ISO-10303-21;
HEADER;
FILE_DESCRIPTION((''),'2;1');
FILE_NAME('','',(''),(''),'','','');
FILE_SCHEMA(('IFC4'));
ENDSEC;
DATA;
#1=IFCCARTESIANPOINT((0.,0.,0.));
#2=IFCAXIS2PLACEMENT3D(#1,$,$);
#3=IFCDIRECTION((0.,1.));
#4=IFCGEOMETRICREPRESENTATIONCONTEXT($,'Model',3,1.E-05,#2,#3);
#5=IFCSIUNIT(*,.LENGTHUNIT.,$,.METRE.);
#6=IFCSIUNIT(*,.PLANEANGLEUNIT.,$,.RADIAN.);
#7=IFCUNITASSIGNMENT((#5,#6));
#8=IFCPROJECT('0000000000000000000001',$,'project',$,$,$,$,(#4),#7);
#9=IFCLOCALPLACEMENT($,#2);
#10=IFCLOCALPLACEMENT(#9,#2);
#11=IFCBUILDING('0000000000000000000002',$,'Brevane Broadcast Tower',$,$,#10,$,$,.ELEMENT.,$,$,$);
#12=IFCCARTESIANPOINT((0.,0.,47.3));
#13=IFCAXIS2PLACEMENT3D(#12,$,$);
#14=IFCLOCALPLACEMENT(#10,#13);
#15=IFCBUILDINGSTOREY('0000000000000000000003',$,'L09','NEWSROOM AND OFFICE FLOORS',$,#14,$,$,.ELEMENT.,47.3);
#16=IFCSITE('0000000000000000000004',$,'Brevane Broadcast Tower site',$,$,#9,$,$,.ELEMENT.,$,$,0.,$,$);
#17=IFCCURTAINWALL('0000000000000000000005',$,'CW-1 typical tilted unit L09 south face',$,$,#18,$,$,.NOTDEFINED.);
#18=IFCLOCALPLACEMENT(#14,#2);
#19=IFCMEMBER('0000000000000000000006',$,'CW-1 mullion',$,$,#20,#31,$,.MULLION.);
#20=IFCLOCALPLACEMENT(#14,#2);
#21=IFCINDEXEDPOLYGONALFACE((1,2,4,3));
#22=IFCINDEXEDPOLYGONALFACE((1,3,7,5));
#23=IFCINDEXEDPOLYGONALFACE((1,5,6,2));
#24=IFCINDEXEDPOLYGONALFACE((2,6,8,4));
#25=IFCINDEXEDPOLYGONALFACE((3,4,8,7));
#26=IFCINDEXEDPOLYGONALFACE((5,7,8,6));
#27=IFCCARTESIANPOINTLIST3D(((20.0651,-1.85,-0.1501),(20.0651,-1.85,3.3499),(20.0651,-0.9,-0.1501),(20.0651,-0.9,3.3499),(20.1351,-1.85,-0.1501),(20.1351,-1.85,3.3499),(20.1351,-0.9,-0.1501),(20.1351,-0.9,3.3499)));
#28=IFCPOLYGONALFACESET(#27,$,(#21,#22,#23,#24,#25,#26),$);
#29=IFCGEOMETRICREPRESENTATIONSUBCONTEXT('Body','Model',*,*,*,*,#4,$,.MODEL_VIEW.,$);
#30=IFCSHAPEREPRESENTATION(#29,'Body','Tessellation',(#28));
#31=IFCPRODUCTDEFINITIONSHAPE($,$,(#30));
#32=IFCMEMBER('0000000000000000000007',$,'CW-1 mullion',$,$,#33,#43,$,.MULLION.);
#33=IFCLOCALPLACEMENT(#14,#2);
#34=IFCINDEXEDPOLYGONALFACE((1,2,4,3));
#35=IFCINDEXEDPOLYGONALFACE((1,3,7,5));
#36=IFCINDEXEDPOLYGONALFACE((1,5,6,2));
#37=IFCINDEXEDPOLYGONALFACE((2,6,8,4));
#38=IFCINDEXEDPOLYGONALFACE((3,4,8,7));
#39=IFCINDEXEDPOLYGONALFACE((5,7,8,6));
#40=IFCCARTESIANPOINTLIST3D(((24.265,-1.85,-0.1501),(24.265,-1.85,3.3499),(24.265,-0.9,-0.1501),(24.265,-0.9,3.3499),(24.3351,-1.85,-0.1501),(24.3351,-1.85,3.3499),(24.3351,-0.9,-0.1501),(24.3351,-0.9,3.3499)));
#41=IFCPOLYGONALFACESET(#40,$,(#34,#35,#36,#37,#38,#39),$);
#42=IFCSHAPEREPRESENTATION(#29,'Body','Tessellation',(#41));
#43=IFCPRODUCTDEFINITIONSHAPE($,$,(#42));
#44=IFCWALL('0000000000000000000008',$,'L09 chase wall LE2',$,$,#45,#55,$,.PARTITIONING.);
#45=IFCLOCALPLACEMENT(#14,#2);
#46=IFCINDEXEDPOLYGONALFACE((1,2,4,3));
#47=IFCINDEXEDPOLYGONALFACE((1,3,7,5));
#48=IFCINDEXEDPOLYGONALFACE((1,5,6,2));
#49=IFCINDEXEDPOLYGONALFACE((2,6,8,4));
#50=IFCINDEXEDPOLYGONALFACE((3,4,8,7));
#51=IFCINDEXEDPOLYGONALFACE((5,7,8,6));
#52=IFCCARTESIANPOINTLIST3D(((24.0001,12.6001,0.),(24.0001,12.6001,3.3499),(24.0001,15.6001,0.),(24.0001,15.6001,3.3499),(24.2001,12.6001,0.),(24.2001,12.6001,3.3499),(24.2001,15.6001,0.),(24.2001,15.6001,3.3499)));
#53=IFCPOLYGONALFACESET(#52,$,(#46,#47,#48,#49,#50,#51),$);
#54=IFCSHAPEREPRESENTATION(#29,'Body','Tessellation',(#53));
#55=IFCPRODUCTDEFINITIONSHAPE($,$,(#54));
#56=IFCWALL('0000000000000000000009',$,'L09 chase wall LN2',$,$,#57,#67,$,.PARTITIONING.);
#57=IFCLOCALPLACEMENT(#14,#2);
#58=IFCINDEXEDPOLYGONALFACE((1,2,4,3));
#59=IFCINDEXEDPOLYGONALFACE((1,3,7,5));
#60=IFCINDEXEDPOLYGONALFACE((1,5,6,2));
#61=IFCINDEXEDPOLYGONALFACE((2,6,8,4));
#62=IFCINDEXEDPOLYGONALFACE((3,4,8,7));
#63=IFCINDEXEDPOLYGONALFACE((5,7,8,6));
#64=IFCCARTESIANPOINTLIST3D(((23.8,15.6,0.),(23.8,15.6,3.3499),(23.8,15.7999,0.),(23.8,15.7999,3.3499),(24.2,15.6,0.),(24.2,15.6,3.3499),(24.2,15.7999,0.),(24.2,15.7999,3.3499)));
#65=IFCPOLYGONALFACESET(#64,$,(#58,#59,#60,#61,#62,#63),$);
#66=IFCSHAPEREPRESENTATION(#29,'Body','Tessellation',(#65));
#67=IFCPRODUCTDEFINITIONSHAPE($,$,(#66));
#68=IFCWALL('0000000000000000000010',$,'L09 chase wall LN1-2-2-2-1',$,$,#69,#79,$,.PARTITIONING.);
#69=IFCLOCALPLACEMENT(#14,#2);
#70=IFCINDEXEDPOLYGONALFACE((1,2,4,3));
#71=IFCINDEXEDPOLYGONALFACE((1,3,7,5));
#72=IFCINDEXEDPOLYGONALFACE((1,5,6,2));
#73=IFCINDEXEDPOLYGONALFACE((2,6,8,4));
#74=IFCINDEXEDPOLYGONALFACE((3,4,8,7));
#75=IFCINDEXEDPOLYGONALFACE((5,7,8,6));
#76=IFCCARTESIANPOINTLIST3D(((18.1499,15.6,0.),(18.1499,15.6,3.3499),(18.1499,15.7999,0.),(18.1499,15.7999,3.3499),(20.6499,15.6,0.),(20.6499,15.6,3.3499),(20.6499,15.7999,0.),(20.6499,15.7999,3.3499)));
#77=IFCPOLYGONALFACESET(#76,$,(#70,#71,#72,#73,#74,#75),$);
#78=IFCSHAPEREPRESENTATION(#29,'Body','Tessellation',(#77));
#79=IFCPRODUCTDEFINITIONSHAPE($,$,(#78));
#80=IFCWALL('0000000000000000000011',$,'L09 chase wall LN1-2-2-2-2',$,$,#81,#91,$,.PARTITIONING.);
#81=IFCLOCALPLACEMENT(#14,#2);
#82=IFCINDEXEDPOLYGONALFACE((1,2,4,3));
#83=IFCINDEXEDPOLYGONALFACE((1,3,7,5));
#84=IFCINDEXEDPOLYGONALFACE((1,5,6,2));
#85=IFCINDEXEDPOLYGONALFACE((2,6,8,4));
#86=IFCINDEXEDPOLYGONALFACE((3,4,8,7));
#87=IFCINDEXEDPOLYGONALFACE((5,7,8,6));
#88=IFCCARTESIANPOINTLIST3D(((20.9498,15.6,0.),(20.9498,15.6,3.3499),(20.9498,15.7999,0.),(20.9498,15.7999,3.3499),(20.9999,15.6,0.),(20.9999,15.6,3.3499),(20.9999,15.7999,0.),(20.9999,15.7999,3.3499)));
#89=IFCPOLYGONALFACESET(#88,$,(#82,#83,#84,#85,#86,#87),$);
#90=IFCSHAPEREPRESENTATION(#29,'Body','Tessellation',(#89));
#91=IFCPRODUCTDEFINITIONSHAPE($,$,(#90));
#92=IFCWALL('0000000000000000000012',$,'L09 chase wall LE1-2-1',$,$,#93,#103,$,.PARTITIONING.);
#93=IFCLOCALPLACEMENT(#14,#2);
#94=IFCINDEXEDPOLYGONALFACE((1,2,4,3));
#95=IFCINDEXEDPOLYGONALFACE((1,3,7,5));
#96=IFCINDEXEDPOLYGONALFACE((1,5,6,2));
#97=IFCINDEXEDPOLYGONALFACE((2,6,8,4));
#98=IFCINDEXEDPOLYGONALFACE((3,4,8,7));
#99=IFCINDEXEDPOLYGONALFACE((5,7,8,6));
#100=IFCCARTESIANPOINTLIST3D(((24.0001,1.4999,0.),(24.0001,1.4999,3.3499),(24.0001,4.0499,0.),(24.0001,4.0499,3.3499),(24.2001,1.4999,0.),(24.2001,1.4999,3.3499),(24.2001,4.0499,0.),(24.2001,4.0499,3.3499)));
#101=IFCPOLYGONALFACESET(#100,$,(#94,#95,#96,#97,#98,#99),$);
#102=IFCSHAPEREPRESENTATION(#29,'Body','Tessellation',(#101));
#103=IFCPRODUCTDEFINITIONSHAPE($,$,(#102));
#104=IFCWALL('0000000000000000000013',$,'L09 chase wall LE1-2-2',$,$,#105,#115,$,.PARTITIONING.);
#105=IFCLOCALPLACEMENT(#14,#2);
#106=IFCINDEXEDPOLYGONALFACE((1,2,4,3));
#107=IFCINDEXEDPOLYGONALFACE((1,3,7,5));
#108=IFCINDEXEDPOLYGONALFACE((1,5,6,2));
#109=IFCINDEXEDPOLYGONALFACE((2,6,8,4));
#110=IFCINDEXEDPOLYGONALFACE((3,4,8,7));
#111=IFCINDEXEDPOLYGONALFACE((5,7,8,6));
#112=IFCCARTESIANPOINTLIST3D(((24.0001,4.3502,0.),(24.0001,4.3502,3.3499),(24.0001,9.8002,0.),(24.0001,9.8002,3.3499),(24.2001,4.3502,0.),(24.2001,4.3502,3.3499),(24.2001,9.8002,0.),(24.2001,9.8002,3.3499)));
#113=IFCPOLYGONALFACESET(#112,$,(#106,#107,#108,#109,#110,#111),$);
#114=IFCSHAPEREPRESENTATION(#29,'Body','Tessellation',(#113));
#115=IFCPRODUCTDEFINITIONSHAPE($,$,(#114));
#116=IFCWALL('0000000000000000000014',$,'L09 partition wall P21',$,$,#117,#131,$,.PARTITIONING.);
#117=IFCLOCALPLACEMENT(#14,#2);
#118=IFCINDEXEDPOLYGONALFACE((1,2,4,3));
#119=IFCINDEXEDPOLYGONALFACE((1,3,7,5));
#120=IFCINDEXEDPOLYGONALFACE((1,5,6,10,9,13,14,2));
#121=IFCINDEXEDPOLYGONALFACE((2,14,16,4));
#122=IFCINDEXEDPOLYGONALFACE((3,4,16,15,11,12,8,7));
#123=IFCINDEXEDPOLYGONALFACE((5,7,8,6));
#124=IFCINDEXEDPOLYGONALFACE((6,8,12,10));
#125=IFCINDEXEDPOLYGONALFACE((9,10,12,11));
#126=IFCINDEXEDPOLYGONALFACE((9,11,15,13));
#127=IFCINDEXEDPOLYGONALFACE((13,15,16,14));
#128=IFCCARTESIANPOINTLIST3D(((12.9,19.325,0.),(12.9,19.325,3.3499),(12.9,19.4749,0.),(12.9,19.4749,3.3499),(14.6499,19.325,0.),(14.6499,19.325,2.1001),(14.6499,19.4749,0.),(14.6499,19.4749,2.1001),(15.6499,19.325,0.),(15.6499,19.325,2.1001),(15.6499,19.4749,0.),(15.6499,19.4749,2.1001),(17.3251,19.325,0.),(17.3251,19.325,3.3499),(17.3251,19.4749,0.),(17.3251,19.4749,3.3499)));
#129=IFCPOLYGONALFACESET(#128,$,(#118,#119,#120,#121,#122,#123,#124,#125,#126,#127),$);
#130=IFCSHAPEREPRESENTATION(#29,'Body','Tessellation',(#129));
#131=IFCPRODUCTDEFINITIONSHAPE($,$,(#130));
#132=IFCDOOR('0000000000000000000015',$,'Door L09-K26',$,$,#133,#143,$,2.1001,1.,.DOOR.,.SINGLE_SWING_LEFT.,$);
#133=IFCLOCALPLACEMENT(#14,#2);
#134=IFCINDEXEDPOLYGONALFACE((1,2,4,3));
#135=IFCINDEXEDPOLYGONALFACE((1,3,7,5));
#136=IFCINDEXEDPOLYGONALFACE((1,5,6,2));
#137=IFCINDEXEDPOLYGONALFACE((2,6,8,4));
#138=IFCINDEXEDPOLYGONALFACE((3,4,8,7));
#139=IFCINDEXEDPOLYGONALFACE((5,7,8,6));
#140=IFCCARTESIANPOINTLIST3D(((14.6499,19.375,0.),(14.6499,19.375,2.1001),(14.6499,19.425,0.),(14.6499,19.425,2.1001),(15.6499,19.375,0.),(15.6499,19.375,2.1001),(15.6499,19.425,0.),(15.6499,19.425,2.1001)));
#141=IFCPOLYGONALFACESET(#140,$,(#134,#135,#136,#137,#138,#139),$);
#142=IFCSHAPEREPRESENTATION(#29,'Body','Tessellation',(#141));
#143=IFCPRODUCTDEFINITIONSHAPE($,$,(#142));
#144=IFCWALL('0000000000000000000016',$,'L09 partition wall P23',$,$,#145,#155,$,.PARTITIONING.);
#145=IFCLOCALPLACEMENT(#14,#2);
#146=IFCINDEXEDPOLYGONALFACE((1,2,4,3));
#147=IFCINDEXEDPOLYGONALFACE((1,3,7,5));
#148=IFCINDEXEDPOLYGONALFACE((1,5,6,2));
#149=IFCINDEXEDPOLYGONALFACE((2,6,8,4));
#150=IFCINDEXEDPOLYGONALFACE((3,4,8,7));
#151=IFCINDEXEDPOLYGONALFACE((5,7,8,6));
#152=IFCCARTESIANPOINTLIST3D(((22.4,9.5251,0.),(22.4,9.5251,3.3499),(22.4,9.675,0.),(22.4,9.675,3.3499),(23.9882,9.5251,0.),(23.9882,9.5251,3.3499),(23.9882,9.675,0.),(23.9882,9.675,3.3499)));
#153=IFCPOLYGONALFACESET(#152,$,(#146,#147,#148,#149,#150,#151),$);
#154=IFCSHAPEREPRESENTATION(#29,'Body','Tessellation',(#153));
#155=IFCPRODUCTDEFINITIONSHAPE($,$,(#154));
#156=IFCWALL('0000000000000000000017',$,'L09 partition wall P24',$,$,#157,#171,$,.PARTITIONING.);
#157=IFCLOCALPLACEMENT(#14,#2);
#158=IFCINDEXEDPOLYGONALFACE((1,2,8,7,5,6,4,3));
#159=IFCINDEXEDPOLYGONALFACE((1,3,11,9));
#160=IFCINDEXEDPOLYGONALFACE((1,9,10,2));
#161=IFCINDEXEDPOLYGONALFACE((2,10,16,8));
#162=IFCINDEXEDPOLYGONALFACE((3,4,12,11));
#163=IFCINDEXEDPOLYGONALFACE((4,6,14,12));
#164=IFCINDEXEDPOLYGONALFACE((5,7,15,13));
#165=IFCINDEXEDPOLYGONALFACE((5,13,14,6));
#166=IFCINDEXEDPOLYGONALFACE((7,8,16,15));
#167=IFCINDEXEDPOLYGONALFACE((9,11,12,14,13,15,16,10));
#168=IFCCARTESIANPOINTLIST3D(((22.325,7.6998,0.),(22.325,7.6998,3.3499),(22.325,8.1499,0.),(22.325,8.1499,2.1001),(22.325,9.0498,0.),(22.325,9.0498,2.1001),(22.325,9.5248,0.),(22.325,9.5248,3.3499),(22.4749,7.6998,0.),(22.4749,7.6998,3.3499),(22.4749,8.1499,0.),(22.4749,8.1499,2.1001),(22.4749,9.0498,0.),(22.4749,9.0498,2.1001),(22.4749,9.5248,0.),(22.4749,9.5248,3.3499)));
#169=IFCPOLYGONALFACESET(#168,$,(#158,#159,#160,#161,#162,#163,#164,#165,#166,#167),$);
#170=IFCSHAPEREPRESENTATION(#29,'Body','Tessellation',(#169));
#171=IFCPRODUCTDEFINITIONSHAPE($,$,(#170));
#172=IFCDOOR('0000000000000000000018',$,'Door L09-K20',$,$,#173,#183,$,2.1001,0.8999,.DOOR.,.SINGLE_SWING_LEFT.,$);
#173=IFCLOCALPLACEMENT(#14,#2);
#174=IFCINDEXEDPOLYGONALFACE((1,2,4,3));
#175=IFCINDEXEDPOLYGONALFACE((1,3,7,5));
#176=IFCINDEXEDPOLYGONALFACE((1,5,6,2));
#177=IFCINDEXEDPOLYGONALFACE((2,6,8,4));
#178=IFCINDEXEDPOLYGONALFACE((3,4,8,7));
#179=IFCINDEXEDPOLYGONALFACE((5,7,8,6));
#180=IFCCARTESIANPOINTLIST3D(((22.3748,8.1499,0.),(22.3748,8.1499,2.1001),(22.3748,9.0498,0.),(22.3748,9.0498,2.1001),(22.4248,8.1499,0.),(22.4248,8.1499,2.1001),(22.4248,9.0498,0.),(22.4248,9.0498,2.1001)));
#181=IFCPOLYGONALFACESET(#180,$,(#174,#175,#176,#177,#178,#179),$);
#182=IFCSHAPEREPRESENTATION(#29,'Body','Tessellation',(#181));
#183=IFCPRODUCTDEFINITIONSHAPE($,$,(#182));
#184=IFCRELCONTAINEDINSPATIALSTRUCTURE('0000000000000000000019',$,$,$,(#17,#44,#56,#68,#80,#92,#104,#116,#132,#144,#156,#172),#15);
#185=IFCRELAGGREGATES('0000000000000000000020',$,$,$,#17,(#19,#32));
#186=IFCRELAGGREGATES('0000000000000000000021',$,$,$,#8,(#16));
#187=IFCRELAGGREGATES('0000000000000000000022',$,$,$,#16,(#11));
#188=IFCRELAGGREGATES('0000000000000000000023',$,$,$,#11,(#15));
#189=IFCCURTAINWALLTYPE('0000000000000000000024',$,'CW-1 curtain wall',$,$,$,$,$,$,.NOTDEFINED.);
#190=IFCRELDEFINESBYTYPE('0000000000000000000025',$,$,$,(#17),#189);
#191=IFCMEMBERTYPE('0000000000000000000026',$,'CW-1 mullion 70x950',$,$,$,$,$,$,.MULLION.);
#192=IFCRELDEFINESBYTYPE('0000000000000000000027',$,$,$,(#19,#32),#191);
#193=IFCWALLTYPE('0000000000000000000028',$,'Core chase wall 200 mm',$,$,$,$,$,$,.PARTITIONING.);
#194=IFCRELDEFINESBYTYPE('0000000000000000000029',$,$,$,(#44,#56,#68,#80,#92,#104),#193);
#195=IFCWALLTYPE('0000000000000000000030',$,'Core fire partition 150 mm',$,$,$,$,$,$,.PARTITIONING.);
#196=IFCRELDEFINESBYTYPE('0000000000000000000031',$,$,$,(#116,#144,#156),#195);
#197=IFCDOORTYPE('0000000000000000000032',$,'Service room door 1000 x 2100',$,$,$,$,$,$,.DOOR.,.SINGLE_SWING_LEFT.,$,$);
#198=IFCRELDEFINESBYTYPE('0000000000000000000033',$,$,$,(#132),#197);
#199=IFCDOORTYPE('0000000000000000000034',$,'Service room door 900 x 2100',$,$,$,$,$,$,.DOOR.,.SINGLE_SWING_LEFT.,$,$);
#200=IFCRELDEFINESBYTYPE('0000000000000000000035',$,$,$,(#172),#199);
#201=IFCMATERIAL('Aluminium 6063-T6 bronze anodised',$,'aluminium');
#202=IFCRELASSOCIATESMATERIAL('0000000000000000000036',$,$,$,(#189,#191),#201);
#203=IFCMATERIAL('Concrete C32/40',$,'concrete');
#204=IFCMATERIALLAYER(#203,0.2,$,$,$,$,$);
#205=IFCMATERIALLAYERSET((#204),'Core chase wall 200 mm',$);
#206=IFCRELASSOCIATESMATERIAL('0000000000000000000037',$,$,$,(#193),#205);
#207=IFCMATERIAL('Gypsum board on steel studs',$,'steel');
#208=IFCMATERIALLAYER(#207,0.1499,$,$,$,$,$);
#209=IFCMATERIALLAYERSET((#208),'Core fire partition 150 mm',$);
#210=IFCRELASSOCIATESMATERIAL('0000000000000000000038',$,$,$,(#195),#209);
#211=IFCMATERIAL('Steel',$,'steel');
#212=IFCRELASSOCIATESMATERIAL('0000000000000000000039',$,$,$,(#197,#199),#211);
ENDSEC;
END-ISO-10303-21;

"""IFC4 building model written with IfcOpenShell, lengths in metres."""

from ifc_helpers import new_model, si_unit, direction, frame, frame_2d, origin, origin_2d, place, context, subcontext, project, spatial, rectangle, extrude, material, layer, layer_set, material_profile, profile_set, type_object, element, fill, aggregate, save


model = new_model("IFC4")

# Units and contexts
model_context = context("Model", 3, precision=1e-05, world=origin(), true_north=direction((0.0, 1.0)))
body_context = subcontext(model_context, "Body", "Model", "MODEL_VIEW")
ifc_project = project(units=[si_unit("LENGTHUNIT", "METRE"), si_unit("PLANEANGLEUNIT", "RADIAN")], contexts=[model_context])

# Site, building, storey
site_placement = place(None, origin())
site = spatial("IfcSite", under=ifc_project, at=site_placement, Name="Brevane Broadcast Tower site", CompositionType="ELEMENT", RefElevation=0.0)
building_placement = place(site_placement, origin())
building = spatial("IfcBuilding", under=site, at=building_placement, Name="Brevane Broadcast Tower", CompositionType="ELEMENT")
storey_placement = place(building_placement, frame((0.0, 0.0, 47.3)))
storey = spatial("IfcBuildingStorey", under=building, at=storey_placement, Name="L09", Description="NEWSROOM AND OFFICE FLOORS", CompositionType="ELEMENT", Elevation=47.3)

# Curtain wall, members
ifc_material_1 = material(Name="Aluminium 6063-T6 bronze anodised", Category="aluminium")
curtain_wall_type = type_object("IfcCurtainWallType", Name="CW-1 curtain wall", PredefinedType="NOTDEFINED", material=ifc_material_1)
curtain_wall_placement = place(storey_placement, origin())
curtain_wall = element("IfcCurtainWall", 1, at=curtain_wall_placement, inside=storey, type_object=curtain_wall_type, Name="CW-1 typical tilted unit L09 south face", PredefinedType="NOTDEFINED")
ifc_material_profile = material_profile(ifc_material_1, rectangle(XDim=0.95, YDim=0.0701, at=origin_2d()), Name="RECT 70x950")
ifc_profile_set = profile_set([ifc_material_profile], Name="Aluminium 6063-T6 bronze anodised")
member_type = type_object("IfcMemberType", Name="CW-1 mullion 70x950", PredefinedType="MULLION", material=ifc_profile_set)
member_1_placement = place(storey_placement, frame((20.1001, -1.375, -0.1501), z_axis=(0.0, 0.0, 1.0), x_axis=(0.0, 1.0, 0.0)))
member_1 = element("IfcMember", 2, at=member_1_placement, type_object=member_type, Name="CW-1 mullion", PredefinedType="MULLION", context=body_context, shape_type="SweptSolid", body=[
    extrude(rectangle(XDim=0.95, YDim=0.0701, at=origin_2d()), origin(), (0.0, 0.0, 1.0), 3.5),
])
member_2_placement = place(storey_placement, frame((24.3, -1.375, -0.1501), z_axis=(0.0, 0.0, 1.0), x_axis=(0.0, 1.0, 0.0)))
member_2 = element("IfcMember", 3, at=member_2_placement, type_object=member_type, Name="CW-1 mullion", PredefinedType="MULLION", context=body_context, shape_type="SweptSolid", body=[
    extrude(rectangle(XDim=0.95, YDim=0.0701, at=origin_2d()), origin(), (0.0, 0.0, 1.0), 3.5),
])
aggregate(curtain_wall, [member_1, member_2])

# Walls
ifc_material_2 = material(Name="Concrete C32/40", Category="concrete")
ifc_layer_1 = layer(ifc_material_2, 0.2)
ifc_layer_set_1 = layer_set([ifc_layer_1], Name="Core chase wall 200 mm")
wall_type_1 = type_object("IfcWallType", Name="Core chase wall 200 mm", PredefinedType="PARTITIONING", material=ifc_layer_set_1)
wall_1_placement = place(storey_placement, frame((24.1001, 12.6001, 0.0), z_axis=(0.0, 0.0, 1.0), x_axis=(0.0, 1.0, 0.0)))
element("IfcWall", 4, at=wall_1_placement, inside=storey, type_object=wall_type_1, Name="L09 chase wall LE2", PredefinedType="PARTITIONING", context=body_context, shape_type="SweptSolid", body=[
    extrude(rectangle(XDim=3.0, YDim=0.2, at=frame_2d((1.5, 0.0))), origin(), (0.0, 0.0, 1.0), 3.3499),
])
wall_2_placement = place(storey_placement, frame((23.8, 15.7, 0.0), z_axis=(0.0, 0.0, 1.0), x_axis=(1.0, 0.0, 0.0)))
element("IfcWall", 5, at=wall_2_placement, inside=storey, type_object=wall_type_1, Name="L09 chase wall LN2", PredefinedType="PARTITIONING", context=body_context, shape_type="SweptSolid", body=[
    extrude(rectangle(XDim=0.3999, YDim=0.2, at=frame_2d((0.2, 0.0))), origin(), (0.0, 0.0, 1.0), 3.3499),
])
wall_3_placement = place(storey_placement, frame((18.1499, 15.7, 0.0), z_axis=(0.0, 0.0, 1.0), x_axis=(1.0, 0.0, 0.0)))
element("IfcWall", 6, at=wall_3_placement, inside=storey, type_object=wall_type_1, Name="L09 chase wall LN1-2-2-2-1", PredefinedType="PARTITIONING", context=body_context, shape_type="SweptSolid", body=[
    extrude(rectangle(XDim=2.5, YDim=0.2, at=frame_2d((1.25, 0.0))), origin(), (0.0, 0.0, 1.0), 3.3499),
])
wall_4_placement = place(storey_placement, frame((20.95, 15.7, 0.0), z_axis=(0.0, 0.0, 1.0), x_axis=(1.0, 0.0, 0.0)))
element("IfcWall", 7, at=wall_4_placement, inside=storey, type_object=wall_type_1, Name="L09 chase wall LN1-2-2-2-2", PredefinedType="PARTITIONING", context=body_context, shape_type="SweptSolid", body=[
    extrude(rectangle(XDim=0.05, YDim=0.2, at=frame_2d((0.0249, 0.0))), origin(), (0.0, 0.0, 1.0), 3.3499),
])
wall_5_placement = place(storey_placement, frame((24.1001, 1.5, 0.0), z_axis=(0.0, 0.0, 1.0), x_axis=(0.0, 1.0, 0.0)))
element("IfcWall", 8, at=wall_5_placement, inside=storey, type_object=wall_type_1, Name="L09 chase wall LE1-2-1", PredefinedType="PARTITIONING", context=body_context, shape_type="SweptSolid", body=[
    extrude(rectangle(XDim=2.55, YDim=0.2, at=frame_2d((1.2749, 0.0))), origin(), (0.0, 0.0, 1.0), 3.3499),
])
wall_6_placement = place(storey_placement, frame((24.1001, 4.3501, 0.0), z_axis=(0.0, 0.0, 1.0), x_axis=(0.0, 1.0, 0.0)))
element("IfcWall", 9, at=wall_6_placement, inside=storey, type_object=wall_type_1, Name="L09 chase wall LE1-2-2", PredefinedType="PARTITIONING", context=body_context, shape_type="SweptSolid", body=[
    extrude(rectangle(XDim=5.45, YDim=0.2, at=frame_2d((2.7251, 0.0))), origin(), (0.0, 0.0, 1.0), 3.3499),
])

# Wall, opening, door
ifc_material_3 = material(Name="Gypsum board on steel studs", Category="steel")
ifc_layer_2 = layer(ifc_material_3, 0.1499)
ifc_layer_set_2 = layer_set([ifc_layer_2], Name="Core fire partition 150 mm")
wall_type_2 = type_object("IfcWallType", Name="Core fire partition 150 mm", PredefinedType="PARTITIONING", material=ifc_layer_set_2)
wall_7_placement = place(storey_placement, frame((17.325, 19.3999, 0.0), z_axis=(0.0, 0.0, 1.0), x_axis=(-1.0, 0.0, 0.0)))
wall_7 = element("IfcWall", 10, at=wall_7_placement, inside=storey, type_object=wall_type_2, Name="L09 partition wall P21", PredefinedType="PARTITIONING", context=body_context, shape_type="SweptSolid", body=[
    extrude(rectangle(XDim=4.425, YDim=0.1499, at=frame_2d((2.2124, 0.0))), origin(), (0.0, 0.0, 1.0), 3.3499),
])
opening_1_placement = place(wall_7_placement, frame((1.675, 0.0, 0.0)))
opening_1 = element("IfcOpeningElement", 11, at=opening_1_placement, cuts=wall_7, PredefinedType="OPENING", context=body_context, shape_type="SweptSolid", body=[
    extrude(rectangle(XDim=1.0, YDim=2.1001, at=frame_2d((0.5, 1.05))), frame((0.0, 0.085, 0.0), z_axis=(0.0, -1.0, 0.0), x_axis=(1.0, 0.0, 0.0)), (0.0, 0.0, 1.0), 0.1699),
])
ifc_material_4 = material(Name="Steel", Category="steel")
door_type_1 = type_object("IfcDoorType", Name="Service room door 1000 x 2100", OperationType="SINGLE_SWING_LEFT", PredefinedType="DOOR", material=ifc_material_4)
door_1_placement = place(opening_1_placement, origin())
door_1 = element("IfcDoor", 12, at=door_1_placement, inside=storey, type_object=door_type_1, Name="Door L09-K26", OperationType="SINGLE_SWING_LEFT", OverallHeight=2.1001, OverallWidth=1.0, PredefinedType="DOOR", context=body_context, shape_type="SweptSolid", body=[
    extrude(rectangle(XDim=1.0, YDim=2.1001, at=frame_2d((0.5, 1.05))), frame((0.0, 0.0249, 0.0), z_axis=(0.0, -1.0, 0.0), x_axis=(1.0, 0.0, 0.0)), (0.0, 0.0, 1.0), 0.05),
])
fill(opening_1, door_1)

# Wall
wall_8_placement = place(storey_placement, frame((23.988, 9.6001, 0.0), z_axis=(0.0, 0.0, 1.0), x_axis=(-1.0, 0.0, 0.0)))
element("IfcWall", 13, at=wall_8_placement, inside=storey, type_object=wall_type_2, Name="L09 partition wall P23", PredefinedType="PARTITIONING", context=body_context, shape_type="SweptSolid", body=[
    extrude(rectangle(XDim=1.5881, YDim=0.1499, at=frame_2d((0.7939, 0.0))), origin(), (0.0, 0.0, 1.0), 3.3499),
])

# Wall, opening, door
wall_9_placement = place(storey_placement, frame((22.3999, 9.5249, 0.0), z_axis=(0.0, 0.0, 1.0), x_axis=(0.0, -1.0, 0.0)))
wall_9 = element("IfcWall", 14, at=wall_9_placement, inside=storey, type_object=wall_type_2, Name="L09 partition wall P24", PredefinedType="PARTITIONING", context=body_context, shape_type="SweptSolid", body=[
    extrude(rectangle(XDim=1.825, YDim=0.1499, at=frame_2d((0.9126, 0.0))), origin(), (0.0, 0.0, 1.0), 3.3499),
])
opening_2_placement = place(wall_9_placement, frame((0.4751, 0.0, 0.0)))
opening_2 = element("IfcOpeningElement", 15, at=opening_2_placement, cuts=wall_9, PredefinedType="OPENING", context=body_context, shape_type="SweptSolid", body=[
    extrude(rectangle(XDim=0.8999, YDim=2.1001, at=frame_2d((0.45, 1.05))), frame((0.0, 0.085, 0.0), z_axis=(0.0, -1.0, 0.0), x_axis=(1.0, 0.0, 0.0)), (0.0, 0.0, 1.0), 0.1699),
])
door_type_2 = type_object("IfcDoorType", Name="Service room door 900 x 2100", OperationType="SINGLE_SWING_LEFT", PredefinedType="DOOR", material=ifc_material_4)
door_2_placement = place(opening_2_placement, origin())
door_2 = element("IfcDoor", 16, at=door_2_placement, inside=storey, type_object=door_type_2, Name="Door L09-K20", OperationType="SINGLE_SWING_LEFT", OverallHeight=2.1001, OverallWidth=0.8999, PredefinedType="DOOR", context=body_context, shape_type="SweptSolid", body=[
    extrude(rectangle(XDim=0.8999, YDim=2.1001, at=frame_2d((0.45, 1.05))), frame((0.0, 0.0249, 0.0), z_axis=(0.0, -1.0, 0.0), x_axis=(1.0, 0.0, 0.0)), (0.0, 0.0, 1.0), 0.05),
])
fill(opening_2, door_2)

save(model, "model.ifc")
